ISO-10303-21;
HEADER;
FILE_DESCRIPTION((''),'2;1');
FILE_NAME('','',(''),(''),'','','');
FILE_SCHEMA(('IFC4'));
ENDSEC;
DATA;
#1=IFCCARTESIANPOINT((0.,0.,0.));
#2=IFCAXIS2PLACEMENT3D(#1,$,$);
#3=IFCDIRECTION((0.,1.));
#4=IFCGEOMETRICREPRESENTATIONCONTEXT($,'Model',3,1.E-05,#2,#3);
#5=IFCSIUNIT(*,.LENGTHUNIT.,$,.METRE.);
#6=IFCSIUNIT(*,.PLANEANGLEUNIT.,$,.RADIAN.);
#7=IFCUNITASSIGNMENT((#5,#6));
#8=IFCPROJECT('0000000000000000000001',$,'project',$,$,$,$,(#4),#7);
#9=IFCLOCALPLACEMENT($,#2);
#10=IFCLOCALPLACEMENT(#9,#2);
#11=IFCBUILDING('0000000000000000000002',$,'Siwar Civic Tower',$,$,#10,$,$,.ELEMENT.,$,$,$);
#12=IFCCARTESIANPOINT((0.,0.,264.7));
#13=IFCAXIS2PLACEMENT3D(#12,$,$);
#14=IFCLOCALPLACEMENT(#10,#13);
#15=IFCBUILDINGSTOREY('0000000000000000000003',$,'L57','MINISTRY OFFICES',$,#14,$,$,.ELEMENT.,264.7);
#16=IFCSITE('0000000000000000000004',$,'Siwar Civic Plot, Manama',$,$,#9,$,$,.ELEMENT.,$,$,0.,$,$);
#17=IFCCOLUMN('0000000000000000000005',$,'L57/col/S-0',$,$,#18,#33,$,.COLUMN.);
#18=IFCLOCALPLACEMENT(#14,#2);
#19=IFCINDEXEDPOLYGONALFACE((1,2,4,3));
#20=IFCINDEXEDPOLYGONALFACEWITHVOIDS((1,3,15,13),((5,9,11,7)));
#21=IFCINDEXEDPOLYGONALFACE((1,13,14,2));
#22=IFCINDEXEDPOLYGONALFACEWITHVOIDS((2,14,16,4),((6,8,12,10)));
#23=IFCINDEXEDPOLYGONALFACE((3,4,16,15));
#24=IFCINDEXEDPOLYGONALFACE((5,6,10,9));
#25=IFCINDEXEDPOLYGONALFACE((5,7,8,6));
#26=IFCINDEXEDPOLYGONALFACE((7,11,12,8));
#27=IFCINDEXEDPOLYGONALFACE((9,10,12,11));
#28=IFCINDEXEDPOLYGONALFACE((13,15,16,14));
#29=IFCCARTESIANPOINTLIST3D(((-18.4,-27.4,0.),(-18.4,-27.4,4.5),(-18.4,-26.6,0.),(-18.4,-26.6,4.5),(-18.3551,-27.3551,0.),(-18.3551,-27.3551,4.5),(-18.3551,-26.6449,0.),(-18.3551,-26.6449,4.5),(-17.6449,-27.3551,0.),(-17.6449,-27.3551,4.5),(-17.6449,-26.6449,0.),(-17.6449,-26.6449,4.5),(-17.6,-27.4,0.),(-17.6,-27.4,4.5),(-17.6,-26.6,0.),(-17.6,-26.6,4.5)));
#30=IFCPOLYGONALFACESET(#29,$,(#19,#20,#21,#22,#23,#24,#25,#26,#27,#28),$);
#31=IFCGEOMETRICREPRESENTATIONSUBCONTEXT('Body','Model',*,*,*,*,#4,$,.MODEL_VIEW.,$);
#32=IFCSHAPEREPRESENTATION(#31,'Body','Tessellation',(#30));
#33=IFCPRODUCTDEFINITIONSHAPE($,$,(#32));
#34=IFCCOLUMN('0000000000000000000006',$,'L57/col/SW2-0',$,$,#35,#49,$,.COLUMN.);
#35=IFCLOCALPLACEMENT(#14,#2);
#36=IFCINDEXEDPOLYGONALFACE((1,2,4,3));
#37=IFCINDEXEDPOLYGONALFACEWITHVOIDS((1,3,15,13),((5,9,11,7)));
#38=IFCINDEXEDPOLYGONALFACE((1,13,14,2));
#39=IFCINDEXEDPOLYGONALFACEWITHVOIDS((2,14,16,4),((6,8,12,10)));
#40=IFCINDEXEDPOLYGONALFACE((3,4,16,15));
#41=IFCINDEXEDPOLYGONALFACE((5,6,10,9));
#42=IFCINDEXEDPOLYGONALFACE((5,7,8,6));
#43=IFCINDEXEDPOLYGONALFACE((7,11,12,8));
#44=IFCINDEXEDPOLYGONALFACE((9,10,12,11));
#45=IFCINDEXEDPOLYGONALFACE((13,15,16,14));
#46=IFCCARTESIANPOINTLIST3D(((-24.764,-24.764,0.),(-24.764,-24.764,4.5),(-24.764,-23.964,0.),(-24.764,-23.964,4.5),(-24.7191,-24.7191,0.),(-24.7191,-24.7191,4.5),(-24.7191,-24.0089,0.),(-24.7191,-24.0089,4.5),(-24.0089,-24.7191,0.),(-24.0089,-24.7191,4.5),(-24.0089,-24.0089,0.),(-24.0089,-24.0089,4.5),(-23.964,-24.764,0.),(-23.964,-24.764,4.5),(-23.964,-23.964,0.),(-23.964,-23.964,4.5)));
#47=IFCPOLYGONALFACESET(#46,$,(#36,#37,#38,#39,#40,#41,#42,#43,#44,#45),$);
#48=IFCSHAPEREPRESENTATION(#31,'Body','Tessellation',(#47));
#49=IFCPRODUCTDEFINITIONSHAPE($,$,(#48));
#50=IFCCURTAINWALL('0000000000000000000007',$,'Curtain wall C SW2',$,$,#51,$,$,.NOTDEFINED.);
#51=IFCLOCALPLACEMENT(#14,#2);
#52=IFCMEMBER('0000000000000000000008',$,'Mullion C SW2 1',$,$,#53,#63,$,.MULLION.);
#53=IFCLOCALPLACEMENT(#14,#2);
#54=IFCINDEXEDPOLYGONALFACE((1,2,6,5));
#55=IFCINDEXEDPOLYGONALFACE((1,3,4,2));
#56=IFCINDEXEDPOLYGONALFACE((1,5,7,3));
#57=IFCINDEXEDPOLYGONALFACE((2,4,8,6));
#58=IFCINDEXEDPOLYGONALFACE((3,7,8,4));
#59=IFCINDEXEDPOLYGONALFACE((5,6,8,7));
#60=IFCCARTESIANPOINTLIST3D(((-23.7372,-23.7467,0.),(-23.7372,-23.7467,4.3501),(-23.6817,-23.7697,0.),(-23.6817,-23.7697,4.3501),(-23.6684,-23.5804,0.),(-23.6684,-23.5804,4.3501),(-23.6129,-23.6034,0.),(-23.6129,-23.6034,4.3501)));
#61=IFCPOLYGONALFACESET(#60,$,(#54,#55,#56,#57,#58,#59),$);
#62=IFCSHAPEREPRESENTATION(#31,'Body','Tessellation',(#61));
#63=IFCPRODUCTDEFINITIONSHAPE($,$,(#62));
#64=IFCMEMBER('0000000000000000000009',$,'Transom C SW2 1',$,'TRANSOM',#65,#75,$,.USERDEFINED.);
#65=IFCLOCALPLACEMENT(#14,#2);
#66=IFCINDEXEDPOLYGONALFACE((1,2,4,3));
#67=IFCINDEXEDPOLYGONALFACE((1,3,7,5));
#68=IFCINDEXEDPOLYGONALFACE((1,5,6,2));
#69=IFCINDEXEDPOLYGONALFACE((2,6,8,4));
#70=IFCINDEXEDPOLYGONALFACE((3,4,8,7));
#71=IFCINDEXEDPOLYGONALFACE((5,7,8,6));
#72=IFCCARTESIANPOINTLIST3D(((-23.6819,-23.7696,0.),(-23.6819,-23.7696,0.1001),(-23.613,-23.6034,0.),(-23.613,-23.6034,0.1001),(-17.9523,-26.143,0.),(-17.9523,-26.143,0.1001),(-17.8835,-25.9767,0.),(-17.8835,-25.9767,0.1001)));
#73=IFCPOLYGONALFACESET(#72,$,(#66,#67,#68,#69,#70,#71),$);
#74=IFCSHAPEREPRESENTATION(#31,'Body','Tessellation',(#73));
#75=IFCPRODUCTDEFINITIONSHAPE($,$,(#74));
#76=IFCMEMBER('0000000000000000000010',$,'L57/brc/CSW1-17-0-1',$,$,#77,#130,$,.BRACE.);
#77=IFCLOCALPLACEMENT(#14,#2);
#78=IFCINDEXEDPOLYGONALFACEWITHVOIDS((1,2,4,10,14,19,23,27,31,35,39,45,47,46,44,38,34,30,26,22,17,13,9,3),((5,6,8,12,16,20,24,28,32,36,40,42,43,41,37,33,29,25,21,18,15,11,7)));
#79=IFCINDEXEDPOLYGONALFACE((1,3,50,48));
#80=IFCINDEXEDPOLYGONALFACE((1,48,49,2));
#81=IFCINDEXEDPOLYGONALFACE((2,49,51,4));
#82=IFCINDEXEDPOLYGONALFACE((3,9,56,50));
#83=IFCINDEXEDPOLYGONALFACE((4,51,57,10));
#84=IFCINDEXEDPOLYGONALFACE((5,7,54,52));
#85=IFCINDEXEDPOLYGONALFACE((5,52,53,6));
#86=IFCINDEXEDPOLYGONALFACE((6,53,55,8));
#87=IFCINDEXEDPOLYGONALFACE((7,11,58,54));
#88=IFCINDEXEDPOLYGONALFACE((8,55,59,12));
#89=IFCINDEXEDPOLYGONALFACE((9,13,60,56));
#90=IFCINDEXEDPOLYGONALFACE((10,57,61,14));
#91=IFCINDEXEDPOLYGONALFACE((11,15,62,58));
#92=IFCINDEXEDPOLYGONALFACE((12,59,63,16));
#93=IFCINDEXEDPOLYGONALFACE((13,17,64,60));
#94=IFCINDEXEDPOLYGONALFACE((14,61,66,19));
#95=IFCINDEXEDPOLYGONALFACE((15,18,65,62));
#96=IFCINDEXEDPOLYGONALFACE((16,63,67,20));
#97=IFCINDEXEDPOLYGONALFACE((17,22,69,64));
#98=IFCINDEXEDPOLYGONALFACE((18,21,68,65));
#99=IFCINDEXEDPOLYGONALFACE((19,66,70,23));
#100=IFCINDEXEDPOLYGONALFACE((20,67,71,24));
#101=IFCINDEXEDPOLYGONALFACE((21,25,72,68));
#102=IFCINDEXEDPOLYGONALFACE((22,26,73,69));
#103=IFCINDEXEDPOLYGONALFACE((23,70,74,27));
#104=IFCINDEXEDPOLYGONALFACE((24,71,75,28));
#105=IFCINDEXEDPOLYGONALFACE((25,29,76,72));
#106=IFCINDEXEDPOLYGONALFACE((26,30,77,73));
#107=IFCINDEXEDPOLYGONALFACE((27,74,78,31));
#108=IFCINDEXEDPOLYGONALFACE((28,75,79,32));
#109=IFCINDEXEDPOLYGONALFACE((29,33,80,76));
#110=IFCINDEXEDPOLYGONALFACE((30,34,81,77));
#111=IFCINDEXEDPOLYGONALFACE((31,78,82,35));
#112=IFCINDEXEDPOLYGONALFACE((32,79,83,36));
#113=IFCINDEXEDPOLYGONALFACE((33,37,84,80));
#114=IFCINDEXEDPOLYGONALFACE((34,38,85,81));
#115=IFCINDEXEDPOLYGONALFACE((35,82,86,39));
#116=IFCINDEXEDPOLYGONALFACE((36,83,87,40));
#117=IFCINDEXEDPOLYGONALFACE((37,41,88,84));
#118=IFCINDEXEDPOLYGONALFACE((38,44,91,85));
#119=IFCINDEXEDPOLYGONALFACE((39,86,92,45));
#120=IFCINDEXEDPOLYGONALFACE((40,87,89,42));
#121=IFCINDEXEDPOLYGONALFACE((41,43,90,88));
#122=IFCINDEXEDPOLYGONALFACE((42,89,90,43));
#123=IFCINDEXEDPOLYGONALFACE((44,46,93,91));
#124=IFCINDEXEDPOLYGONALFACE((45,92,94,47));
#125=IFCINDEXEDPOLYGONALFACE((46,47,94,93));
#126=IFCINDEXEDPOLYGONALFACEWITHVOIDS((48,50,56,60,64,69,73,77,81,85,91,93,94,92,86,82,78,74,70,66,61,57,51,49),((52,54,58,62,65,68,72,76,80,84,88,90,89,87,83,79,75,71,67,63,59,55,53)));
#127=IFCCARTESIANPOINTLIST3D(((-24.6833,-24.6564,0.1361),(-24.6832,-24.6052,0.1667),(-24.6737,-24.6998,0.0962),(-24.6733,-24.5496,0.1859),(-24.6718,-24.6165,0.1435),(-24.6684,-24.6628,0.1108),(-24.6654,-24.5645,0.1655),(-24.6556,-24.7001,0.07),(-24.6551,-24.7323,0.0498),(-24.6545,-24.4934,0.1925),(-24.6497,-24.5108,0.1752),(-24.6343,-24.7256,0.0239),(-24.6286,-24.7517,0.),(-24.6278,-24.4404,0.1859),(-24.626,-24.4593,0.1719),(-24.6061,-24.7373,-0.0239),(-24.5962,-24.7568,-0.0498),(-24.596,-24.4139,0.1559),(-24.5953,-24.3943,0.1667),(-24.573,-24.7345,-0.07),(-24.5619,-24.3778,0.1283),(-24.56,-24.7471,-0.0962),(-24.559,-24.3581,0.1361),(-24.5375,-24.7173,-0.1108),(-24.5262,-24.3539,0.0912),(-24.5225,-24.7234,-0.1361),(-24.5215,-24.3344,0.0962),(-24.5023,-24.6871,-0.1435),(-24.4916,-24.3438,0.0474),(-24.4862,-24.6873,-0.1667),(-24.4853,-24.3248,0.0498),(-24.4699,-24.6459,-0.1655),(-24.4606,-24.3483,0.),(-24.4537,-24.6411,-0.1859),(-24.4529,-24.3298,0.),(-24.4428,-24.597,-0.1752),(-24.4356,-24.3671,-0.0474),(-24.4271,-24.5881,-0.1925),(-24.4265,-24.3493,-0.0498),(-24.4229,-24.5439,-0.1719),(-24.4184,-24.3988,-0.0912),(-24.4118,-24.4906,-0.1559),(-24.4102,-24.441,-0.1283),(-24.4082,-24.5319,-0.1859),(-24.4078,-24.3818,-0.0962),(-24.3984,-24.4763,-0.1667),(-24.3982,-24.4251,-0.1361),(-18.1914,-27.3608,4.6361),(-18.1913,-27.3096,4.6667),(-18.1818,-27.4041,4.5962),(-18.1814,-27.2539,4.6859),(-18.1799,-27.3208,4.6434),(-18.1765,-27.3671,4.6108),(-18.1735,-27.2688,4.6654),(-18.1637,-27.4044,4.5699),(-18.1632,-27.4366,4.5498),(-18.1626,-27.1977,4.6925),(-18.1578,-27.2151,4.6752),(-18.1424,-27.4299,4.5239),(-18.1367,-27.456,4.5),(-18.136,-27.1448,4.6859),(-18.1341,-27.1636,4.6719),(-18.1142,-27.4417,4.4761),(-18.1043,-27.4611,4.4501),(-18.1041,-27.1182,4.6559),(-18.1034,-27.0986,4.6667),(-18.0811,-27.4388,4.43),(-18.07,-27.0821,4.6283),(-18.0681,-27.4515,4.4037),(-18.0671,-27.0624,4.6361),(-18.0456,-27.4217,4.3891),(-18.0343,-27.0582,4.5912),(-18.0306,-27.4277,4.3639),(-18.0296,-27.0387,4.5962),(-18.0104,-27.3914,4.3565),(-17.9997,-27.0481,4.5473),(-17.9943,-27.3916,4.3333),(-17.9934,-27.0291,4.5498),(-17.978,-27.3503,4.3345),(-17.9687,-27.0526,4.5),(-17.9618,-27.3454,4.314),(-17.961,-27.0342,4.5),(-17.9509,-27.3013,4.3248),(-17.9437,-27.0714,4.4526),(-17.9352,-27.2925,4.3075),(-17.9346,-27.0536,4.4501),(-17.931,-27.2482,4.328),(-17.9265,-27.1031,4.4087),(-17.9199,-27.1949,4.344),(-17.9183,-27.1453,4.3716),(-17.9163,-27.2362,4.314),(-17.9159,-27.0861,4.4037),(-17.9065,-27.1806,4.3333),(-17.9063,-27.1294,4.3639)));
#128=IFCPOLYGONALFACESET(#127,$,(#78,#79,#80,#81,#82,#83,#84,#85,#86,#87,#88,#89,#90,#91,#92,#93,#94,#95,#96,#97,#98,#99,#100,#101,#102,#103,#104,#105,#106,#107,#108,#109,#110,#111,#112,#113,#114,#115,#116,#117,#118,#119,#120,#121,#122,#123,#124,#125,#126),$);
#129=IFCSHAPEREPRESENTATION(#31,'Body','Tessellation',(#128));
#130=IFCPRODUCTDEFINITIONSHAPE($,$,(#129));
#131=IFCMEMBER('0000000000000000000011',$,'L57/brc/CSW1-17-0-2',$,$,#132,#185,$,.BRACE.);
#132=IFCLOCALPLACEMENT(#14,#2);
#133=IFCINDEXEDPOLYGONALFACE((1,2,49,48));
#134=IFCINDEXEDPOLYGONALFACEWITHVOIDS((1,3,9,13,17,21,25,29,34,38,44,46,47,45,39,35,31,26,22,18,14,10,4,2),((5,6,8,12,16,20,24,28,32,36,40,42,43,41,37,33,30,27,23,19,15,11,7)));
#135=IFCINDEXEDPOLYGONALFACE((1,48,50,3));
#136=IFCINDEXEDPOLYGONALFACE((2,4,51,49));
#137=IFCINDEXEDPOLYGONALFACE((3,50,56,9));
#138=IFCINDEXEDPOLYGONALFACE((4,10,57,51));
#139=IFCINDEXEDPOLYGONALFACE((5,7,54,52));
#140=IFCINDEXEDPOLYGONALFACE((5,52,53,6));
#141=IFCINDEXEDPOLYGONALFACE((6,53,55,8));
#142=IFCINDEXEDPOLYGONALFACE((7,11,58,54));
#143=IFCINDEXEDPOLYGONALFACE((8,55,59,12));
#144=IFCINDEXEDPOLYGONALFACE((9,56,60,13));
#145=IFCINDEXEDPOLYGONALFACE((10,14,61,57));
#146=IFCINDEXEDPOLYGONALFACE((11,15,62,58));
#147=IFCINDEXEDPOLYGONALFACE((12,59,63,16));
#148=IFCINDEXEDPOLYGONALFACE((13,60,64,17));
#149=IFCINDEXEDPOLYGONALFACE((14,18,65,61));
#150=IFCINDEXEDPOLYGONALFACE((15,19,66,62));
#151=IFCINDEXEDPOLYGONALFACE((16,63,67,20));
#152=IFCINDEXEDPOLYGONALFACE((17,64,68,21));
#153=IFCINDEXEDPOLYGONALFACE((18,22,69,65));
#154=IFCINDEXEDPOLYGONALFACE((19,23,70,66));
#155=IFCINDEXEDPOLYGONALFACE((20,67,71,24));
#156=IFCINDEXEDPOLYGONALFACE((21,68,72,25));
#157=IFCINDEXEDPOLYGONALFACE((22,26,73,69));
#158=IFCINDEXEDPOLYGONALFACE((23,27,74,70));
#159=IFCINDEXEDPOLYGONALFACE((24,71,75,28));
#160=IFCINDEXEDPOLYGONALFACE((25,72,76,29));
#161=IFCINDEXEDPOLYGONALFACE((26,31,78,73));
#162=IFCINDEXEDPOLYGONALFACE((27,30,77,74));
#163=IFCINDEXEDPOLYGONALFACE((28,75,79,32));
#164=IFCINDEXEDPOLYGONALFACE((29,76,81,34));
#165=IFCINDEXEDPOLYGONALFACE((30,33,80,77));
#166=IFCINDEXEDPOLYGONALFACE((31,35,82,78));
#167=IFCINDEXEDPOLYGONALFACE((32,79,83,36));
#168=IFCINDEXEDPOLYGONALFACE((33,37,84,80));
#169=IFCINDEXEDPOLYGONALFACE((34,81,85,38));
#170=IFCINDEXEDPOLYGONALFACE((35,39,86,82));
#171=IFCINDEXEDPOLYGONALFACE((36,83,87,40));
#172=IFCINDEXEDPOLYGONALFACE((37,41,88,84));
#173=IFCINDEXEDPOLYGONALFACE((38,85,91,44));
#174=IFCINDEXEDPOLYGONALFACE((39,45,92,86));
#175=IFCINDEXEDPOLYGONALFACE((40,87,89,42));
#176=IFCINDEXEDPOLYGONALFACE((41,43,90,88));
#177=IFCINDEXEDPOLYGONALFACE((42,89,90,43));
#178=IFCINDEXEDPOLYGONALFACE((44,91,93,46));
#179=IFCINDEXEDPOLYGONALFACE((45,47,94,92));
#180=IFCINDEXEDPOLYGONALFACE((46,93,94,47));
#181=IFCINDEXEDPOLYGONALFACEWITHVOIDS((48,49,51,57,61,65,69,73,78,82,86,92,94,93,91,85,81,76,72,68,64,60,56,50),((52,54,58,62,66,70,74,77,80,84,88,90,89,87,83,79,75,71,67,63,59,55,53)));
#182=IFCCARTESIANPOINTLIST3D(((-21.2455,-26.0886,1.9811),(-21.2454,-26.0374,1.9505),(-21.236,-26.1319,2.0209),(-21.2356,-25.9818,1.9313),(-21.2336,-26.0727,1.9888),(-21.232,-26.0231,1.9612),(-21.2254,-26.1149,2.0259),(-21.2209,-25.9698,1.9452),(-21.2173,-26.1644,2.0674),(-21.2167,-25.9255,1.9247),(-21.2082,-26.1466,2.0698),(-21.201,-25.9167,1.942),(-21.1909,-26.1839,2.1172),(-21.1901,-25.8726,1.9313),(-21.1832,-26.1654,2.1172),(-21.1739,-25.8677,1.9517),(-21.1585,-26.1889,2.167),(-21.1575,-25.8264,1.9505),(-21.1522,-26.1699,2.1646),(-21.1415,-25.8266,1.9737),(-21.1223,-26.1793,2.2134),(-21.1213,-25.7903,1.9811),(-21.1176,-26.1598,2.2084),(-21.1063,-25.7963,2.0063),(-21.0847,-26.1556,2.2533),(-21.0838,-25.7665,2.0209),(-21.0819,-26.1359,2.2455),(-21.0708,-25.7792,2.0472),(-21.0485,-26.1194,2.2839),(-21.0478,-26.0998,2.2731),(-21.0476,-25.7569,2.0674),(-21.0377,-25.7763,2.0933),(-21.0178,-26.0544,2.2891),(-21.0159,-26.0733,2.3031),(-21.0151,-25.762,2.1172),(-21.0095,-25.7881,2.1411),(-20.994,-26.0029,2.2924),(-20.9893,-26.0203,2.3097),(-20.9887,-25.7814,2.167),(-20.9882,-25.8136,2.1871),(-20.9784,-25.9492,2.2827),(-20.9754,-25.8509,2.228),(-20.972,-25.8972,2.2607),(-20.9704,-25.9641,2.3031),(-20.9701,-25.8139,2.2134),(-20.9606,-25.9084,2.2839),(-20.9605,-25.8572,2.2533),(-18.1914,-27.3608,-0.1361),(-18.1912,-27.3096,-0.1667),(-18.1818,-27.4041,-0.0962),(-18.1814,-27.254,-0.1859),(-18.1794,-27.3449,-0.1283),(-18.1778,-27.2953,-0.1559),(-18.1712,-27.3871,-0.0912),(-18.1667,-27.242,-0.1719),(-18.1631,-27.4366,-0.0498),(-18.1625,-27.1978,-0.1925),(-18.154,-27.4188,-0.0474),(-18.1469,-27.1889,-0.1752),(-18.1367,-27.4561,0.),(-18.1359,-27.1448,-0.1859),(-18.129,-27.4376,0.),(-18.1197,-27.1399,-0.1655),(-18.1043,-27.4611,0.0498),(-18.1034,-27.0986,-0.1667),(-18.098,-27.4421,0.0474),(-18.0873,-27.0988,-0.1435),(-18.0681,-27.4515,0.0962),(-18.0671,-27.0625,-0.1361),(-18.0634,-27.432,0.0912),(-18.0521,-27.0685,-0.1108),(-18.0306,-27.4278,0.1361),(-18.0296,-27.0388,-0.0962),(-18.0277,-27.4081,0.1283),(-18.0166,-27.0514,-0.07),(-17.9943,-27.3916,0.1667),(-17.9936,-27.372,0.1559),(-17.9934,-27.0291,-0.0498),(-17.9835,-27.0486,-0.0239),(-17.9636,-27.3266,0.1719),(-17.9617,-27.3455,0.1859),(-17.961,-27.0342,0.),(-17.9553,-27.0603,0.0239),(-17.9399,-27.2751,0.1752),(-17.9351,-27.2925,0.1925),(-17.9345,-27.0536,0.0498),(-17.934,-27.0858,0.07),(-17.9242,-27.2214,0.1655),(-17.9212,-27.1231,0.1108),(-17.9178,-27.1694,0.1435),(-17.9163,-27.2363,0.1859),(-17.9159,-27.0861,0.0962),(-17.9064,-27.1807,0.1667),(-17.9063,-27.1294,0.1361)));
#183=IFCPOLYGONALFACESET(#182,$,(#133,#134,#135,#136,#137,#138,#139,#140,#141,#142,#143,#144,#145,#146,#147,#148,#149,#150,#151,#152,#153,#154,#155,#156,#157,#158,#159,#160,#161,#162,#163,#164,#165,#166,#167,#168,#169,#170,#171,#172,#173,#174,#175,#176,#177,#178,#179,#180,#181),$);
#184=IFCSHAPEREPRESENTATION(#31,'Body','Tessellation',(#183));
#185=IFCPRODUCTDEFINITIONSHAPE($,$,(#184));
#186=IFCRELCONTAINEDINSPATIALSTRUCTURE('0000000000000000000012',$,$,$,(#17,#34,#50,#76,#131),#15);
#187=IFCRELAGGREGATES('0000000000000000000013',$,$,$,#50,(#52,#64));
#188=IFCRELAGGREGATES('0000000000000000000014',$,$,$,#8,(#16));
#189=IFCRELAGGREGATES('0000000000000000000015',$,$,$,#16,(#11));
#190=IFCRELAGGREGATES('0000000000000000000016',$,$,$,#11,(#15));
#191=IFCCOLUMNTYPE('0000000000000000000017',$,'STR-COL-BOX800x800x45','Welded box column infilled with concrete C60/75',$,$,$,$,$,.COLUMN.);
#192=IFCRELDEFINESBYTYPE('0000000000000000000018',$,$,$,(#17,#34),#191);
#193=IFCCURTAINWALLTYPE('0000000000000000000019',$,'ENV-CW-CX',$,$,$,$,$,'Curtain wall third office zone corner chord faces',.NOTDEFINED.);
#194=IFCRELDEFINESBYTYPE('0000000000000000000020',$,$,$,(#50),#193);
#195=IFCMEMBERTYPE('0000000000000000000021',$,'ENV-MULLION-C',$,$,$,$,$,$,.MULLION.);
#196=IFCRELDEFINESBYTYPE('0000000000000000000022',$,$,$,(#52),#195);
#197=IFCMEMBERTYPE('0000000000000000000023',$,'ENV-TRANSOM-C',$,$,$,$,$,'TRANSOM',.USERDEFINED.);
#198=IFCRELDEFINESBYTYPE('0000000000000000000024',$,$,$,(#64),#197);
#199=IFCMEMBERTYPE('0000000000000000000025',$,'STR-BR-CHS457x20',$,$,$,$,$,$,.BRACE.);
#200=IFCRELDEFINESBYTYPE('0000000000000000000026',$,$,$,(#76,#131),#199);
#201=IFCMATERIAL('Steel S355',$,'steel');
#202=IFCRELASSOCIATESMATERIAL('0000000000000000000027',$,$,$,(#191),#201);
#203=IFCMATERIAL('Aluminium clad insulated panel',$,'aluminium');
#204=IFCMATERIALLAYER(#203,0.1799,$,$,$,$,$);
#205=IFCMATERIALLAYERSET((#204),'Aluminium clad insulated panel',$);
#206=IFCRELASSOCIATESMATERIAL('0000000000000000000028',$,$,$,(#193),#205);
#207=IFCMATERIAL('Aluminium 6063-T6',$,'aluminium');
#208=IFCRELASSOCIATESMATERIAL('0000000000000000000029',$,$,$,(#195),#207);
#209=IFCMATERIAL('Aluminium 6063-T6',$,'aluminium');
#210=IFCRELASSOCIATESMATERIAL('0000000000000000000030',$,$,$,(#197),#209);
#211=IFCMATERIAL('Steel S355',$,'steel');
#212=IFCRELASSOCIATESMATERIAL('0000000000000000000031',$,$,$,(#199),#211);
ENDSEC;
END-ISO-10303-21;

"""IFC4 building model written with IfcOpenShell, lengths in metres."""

from ifc_helpers import new_model, si_unit, direction, frame, origin, origin_2d, place, context, subcontext, project, spatial, rectangle, hollow_rectangle, hollow_circle, extrude, material, layer, layer_set, material_profile, profile_set, type_object, element, aggregate, save


model = new_model("IFC4")

# Units and contexts
model_context = context("Model", 3, precision=1e-05, world=origin(), true_north=direction((0.0, 1.0)))
body_context = subcontext(model_context, "Body", "Model", "MODEL_VIEW")
ifc_project = project(units=[si_unit("LENGTHUNIT", "METRE"), si_unit("PLANEANGLEUNIT", "RADIAN")], contexts=[model_context])

# Site, building, storey
site_placement = place(None, origin())
site = spatial("IfcSite", under=ifc_project, at=site_placement, Name="Siwar Civic Plot, Manama", CompositionType="ELEMENT", RefElevation=0.0)
building_placement = place(site_placement, origin())
building = spatial("IfcBuilding", under=site, at=building_placement, Name="Siwar Civic Tower", CompositionType="ELEMENT")
storey_placement = place(building_placement, frame((0.0, 0.0, 264.7)))
storey = spatial("IfcBuildingStorey", under=building, at=storey_placement, Name="L57", Description="MINISTRY OFFICES", CompositionType="ELEMENT", Elevation=264.7)

# Columns
ifc_material_1 = material(Name="Steel S355", Category="steel")
ifc_material_profile_1 = material_profile(ifc_material_1, hollow_rectangle(XDim=0.8, YDim=0.8, WallThickness=0.0449, at=origin_2d()), Name="BOX800x800x45")
ifc_profile_set_1 = profile_set([ifc_material_profile_1], Name="Steel S355")
column_type = type_object("IfcColumnType", Name="STR-COL-BOX800x800x45", Description="Welded box column infilled with concrete C60/75", PredefinedType="COLUMN", material=ifc_profile_set_1)
for number, where, z_axis, x_axis, name in (
    (1, (-18.0, -27.0, 0.0), (0.0, 0.0, 1.0), (1.0, 0.0, 0.0), "L57/col/S-0"),
    (2, (-24.364, -24.364, 0.0), (0.0, 0.0, 1.0), (1.0, 0.0, 0.0), "L57/col/SW2-0"),
):
    element("IfcColumn", number, at=place(storey_placement, frame(where, z_axis=z_axis, x_axis=x_axis)), inside=storey, type_object=column_type, Name=name, PredefinedType="COLUMN", context=body_context, shape_type="SweptSolid", body=[
        extrude(hollow_rectangle(XDim=0.8, YDim=0.8, WallThickness=0.0449, at=origin_2d()), origin(), (0.0, 0.0, 1.0), 4.5),
    ])

# Curtain wall, members
ifc_material_2 = material(Name="Aluminium clad insulated panel", Category="aluminium")
ifc_layer_1 = layer(ifc_material_2, 0.1799)
ifc_layer_set_1 = layer_set([ifc_layer_1], Name="Aluminium clad insulated panel")
curtain_wall_type = type_object("IfcCurtainWallType", Name="ENV-CW-CX", ElementType="Curtain wall third office zone corner chord faces", PredefinedType="NOTDEFINED", material=ifc_layer_set_1)
curtain_wall_1_placement = place(storey_placement, origin())
curtain_wall_1 = element("IfcCurtainWall", 3, at=curtain_wall_1_placement, inside=storey, type_object=curtain_wall_type, Name="Curtain wall C SW2", PredefinedType="NOTDEFINED")
ifc_material_3 = material(Name="Aluminium 6063-T6", Category="aluminium")
ifc_material_profile_2 = material_profile(ifc_material_3, rectangle(XDim=0.1799, YDim=0.0601, at=origin_2d()), Name="AL 180x60")
ifc_profile_set_2 = profile_set([ifc_material_profile_2], Name="Aluminium 6063-T6")
member_type_1 = type_object("IfcMemberType", Name="ENV-MULLION-C", PredefinedType="MULLION", material=ifc_profile_set_2)
member_1_placement = place(storey_placement, frame((-23.675, -23.675, 0.0), z_axis=(0.0, 0.0, 1.0), x_axis=(0.382683, 0.92388, 0.0)))
member_1 = element("IfcMember", 4, at=member_1_placement, type_object=member_type_1, Name="Mullion C SW2 1", PredefinedType="MULLION", context=body_context, shape_type="SweptSolid", body=[
    extrude(rectangle(XDim=0.1799, YDim=0.0601, at=origin_2d()), origin(), (0.0, 0.0, 1.0), 4.3501),
])
ifc_material_4 = material(Name="Aluminium 6063-T6", Category="aluminium")
ifc_material_profile_3 = material_profile(ifc_material_4, rectangle(XDim=0.1799, YDim=0.1001, at=origin_2d()), Name="AL 180x100")
ifc_profile_set_3 = profile_set([ifc_material_profile_3], Name="Aluminium 6063-T6")
member_type_2 = type_object("IfcMemberType", Name="ENV-TRANSOM-C", ElementType="TRANSOM", PredefinedType="USERDEFINED", material=ifc_profile_set_3)
member_2_placement = place(storey_placement, frame((-23.6475, -23.6865, 0.05), z_axis=(0.923876, -0.382691, 0.0), x_axis=(0.382691, 0.923876, 0.0)))
member_2 = element("IfcMember", 5, at=member_2_placement, type_object=member_type_2, Name="Transom C SW2 1", ObjectType="TRANSOM", PredefinedType="USERDEFINED", context=body_context, shape_type="SweptSolid", body=[
    extrude(rectangle(XDim=0.1799, YDim=0.1001, at=origin_2d()), origin(), (0.0, 0.0, 1.0), 6.2017),
])

# Members
ifc_material_5 = material(Name="Steel S355", Category="steel")
ifc_material_profile_4 = material_profile(ifc_material_5, hollow_circle(Radius=0.2285, WallThickness=0.02, at=origin_2d()), Name="CHS457x20")
ifc_profile_set_4 = profile_set([ifc_material_profile_4], Name="Steel S355")
member_type_3 = type_object("IfcMemberType", Name="STR-BR-CHS457x20", PredefinedType="BRACE", material=ifc_profile_set_4)
member_3_placement = place(storey_placement, frame((-24.5408, -24.5408, 0.0), z_axis=(0.777555, -0.323906, 0.538975), x_axis=(0.384539, 0.923109, 0.0)))
element("IfcMember", 6, at=member_3_placement, inside=storey, type_object=member_type_3, Name="L57/brc/CSW1-17-0-1", PredefinedType="BRACE", context=body_context, shape_type="SweptSolid", body=[
    extrude(hollow_circle(Radius=0.2285, WallThickness=0.02, at=origin_2d()), origin(), (0.0, 0.0, 1.0), 8.3491),
])
for number, where, z_axis, x_axis, name in (
    (7, (-18.0488, -27.2451, 0.0), (-0.777546, 0.323884, 0.538999), (-0.384521, -0.923116, 0.0), "L57/brc/CSW1-17-0-2"),
):
    element("IfcMember", number, at=place(storey_placement, frame(where, z_axis=z_axis, x_axis=x_axis)), inside=storey, type_object=member_type_3, Name=name, PredefinedType="BRACE", context=body_context, shape_type="SweptSolid", body=[
        extrude(hollow_circle(Radius=0.2285, WallThickness=0.02, at=origin_2d()), origin(), (0.0, 0.0, 1.0), 3.928),
    ])

aggregate(curtain_wall_1, [member_1, member_2])

save(model, "model.ifc")
